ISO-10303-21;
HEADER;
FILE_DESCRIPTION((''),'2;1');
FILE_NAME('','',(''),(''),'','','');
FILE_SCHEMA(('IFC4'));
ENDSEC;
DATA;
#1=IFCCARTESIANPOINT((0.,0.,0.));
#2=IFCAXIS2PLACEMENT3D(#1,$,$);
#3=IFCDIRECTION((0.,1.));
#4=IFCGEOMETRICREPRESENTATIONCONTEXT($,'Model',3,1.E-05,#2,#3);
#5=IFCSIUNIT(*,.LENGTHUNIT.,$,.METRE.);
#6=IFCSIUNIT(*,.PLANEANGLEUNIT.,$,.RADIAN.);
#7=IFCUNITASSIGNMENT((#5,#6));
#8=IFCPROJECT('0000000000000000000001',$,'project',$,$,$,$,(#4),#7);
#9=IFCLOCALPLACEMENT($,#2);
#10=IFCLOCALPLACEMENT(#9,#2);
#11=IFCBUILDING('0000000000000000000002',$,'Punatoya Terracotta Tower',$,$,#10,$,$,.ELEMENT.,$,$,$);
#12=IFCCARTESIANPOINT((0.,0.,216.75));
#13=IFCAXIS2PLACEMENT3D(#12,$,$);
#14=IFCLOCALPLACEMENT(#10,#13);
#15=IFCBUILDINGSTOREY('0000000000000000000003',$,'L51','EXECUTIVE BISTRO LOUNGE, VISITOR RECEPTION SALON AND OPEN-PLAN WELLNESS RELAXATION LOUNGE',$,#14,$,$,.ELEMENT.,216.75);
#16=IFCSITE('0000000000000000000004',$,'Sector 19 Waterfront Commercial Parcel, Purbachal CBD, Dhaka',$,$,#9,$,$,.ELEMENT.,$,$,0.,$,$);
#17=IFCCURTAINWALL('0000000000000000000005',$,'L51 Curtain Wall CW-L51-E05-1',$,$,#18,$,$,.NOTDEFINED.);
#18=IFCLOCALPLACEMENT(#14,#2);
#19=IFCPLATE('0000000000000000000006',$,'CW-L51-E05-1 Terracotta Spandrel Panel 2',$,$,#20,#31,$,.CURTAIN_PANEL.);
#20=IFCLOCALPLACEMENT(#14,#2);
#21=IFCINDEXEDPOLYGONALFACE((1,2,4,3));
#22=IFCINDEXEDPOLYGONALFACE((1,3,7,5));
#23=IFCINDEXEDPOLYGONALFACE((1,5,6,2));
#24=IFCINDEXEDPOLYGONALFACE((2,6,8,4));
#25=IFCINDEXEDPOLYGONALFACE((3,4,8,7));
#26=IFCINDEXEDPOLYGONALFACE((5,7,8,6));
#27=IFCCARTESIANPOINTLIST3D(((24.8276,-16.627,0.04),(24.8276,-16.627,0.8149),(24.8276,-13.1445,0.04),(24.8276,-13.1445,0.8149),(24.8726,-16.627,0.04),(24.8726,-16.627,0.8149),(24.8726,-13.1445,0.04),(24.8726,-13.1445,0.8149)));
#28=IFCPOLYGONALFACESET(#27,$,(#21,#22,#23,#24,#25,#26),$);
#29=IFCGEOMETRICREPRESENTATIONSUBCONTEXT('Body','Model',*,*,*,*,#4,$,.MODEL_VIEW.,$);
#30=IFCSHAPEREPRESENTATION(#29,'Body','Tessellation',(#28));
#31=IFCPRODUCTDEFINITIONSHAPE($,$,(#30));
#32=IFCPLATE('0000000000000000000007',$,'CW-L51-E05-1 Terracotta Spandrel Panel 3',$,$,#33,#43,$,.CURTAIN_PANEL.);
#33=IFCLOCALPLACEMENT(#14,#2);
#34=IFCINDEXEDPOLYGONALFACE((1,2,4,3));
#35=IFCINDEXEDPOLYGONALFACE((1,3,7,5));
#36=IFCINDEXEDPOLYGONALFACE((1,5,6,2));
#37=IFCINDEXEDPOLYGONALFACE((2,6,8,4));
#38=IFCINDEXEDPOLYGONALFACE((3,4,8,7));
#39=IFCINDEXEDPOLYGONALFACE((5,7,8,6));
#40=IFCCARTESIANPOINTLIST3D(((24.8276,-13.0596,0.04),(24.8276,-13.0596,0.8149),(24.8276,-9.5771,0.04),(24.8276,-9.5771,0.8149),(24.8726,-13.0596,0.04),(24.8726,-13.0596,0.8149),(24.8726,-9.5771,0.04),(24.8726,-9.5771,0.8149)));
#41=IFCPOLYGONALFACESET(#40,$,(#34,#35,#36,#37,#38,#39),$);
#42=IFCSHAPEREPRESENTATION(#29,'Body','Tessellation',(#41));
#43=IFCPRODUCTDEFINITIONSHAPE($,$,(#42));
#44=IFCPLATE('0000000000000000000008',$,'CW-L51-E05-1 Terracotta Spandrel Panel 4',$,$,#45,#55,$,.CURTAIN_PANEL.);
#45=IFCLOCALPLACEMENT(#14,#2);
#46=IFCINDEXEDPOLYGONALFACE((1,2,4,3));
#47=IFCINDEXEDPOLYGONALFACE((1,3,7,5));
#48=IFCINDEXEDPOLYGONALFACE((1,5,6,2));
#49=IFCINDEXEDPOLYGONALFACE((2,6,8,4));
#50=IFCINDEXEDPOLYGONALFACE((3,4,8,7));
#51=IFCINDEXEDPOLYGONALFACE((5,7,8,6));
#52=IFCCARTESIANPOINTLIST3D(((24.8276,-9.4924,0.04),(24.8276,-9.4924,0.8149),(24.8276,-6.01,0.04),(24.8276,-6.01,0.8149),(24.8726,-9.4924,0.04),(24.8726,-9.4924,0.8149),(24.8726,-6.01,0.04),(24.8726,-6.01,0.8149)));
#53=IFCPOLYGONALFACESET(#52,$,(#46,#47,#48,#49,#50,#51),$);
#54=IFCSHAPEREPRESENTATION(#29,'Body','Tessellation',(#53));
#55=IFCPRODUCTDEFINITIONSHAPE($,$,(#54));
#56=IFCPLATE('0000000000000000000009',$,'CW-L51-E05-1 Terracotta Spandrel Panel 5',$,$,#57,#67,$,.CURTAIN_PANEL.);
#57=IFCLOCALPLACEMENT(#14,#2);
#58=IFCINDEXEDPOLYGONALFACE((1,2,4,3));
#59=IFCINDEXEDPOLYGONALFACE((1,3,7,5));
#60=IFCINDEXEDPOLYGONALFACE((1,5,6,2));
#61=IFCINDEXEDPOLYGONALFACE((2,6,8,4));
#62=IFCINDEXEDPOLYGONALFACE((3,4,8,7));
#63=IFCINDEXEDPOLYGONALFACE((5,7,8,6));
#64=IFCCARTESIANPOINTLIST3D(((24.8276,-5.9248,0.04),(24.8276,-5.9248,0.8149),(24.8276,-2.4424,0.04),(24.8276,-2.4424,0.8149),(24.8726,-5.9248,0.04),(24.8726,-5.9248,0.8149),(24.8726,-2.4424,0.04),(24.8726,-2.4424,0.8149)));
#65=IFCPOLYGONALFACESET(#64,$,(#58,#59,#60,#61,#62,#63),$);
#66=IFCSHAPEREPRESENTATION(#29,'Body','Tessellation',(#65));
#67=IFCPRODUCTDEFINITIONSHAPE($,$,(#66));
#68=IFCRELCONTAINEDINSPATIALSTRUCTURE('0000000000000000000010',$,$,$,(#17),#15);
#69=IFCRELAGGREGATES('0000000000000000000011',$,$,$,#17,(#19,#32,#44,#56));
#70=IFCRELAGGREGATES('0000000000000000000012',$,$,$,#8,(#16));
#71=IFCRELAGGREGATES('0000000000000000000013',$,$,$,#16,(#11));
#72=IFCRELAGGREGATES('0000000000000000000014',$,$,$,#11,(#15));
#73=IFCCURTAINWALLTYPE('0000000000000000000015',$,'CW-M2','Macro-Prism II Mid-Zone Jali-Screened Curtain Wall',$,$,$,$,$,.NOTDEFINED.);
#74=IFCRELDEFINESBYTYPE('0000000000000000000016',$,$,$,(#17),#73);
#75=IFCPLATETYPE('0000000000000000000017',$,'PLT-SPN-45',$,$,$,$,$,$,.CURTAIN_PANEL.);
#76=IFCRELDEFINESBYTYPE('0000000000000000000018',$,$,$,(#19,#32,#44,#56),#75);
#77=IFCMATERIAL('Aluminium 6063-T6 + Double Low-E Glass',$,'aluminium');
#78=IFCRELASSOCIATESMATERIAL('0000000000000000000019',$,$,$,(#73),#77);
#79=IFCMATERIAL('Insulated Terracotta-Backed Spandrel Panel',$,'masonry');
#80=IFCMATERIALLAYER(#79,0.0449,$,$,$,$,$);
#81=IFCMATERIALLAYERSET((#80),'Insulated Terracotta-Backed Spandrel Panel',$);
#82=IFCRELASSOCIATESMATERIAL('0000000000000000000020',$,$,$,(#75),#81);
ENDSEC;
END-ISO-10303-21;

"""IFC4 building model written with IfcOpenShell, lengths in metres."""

from ifc_helpers import new_model, si_unit, direction, frame, origin, origin_2d, place, context, subcontext, project, spatial, rectangle, extrude, material, layer, layer_set, type_object, element, aggregate, save


model = new_model("IFC4")

# Units and contexts
model_context = context("Model", 3, precision=1e-05, world=origin(), true_north=direction((0.0, 1.0)))
body_context = subcontext(model_context, "Body", "Model", "MODEL_VIEW")
ifc_project = project(units=[si_unit("LENGTHUNIT", "METRE"), si_unit("PLANEANGLEUNIT", "RADIAN")], contexts=[model_context])

# Site, building, storey
site_placement = place(None, origin())
site = spatial("IfcSite", under=ifc_project, at=site_placement, Name="Sector 19 Waterfront Commercial Parcel, Purbachal CBD, Dhaka", CompositionType="ELEMENT", RefElevation=0.0)
building_placement = place(site_placement, origin())
building = spatial("IfcBuilding", under=site, at=building_placement, Name="Punatoya Terracotta Tower", CompositionType="ELEMENT")
storey_placement = place(building_placement, frame((0.0, 0.0, 216.75)))
storey = spatial("IfcBuildingStorey", under=building, at=storey_placement, Name="L51", Description="EXECUTIVE BISTRO LOUNGE, VISITOR RECEPTION SALON AND OPEN-PLAN WELLNESS RELAXATION LOUNGE", CompositionType="ELEMENT", Elevation=216.75)

# Curtain wall, plates
ifc_material_1 = material(Name="Aluminium 6063-T6 + Double Low-E Glass", Category="aluminium")
curtain_wall_type = type_object("IfcCurtainWallType", Name="CW-M2", Description="Macro-Prism II Mid-Zone Jali-Screened Curtain Wall", PredefinedType="NOTDEFINED", material=ifc_material_1)
curtain_wall_placement = place(storey_placement, origin())
curtain_wall = element("IfcCurtainWall", 1, at=curtain_wall_placement, inside=storey, type_object=curtain_wall_type, Name="L51 Curtain Wall CW-L51-E05-1", PredefinedType="NOTDEFINED")
ifc_material_2 = material(Name="Insulated Terracotta-Backed Spandrel Panel", Category="masonry")
ifc_layer_1 = layer(ifc_material_2, 0.0449)
ifc_layer_set_1 = layer_set([ifc_layer_1], Name="Insulated Terracotta-Backed Spandrel Panel")
plate_type_1 = type_object("IfcPlateType", Name="PLT-SPN-45", PredefinedType="CURTAIN_PANEL", material=ifc_layer_set_1)
plate_1_placement = place(storey_placement, frame((24.8501, -14.8857, 0.04), z_axis=(0.0, 0.0, 1.0), x_axis=(0.0, 1.0, 0.0)))
plate_1 = element("IfcPlate", 2, at=plate_1_placement, type_object=plate_type_1, Name="CW-L51-E05-1 Terracotta Spandrel Panel 2", PredefinedType="CURTAIN_PANEL", context=body_context, shape_type="SweptSolid", body=[
    extrude(rectangle(XDim=3.4824, YDim=0.0449, at=origin_2d()), origin(), (0.0, 0.0, 1.0), 0.7749),
])
plate_2_placement = place(storey_placement, frame((24.8501, -11.3184, 0.04), z_axis=(0.0, 0.0, 1.0), x_axis=(0.0, 1.0, 0.0)))
plate_2 = element("IfcPlate", 3, at=plate_2_placement, type_object=plate_type_1, Name="CW-L51-E05-1 Terracotta Spandrel Panel 3", PredefinedType="CURTAIN_PANEL", context=body_context, shape_type="SweptSolid", body=[
    extrude(rectangle(XDim=3.4824, YDim=0.0449, at=origin_2d()), origin(), (0.0, 0.0, 1.0), 0.7749),
])
plate_3_placement = place(storey_placement, frame((24.8501, -7.7512, 0.04), z_axis=(0.0, 0.0, 1.0), x_axis=(0.0, 1.0, 0.0)))
plate_3 = element("IfcPlate", 4, at=plate_3_placement, type_object=plate_type_1, Name="CW-L51-E05-1 Terracotta Spandrel Panel 4", PredefinedType="CURTAIN_PANEL", context=body_context, shape_type="SweptSolid", body=[
    extrude(rectangle(XDim=3.4824, YDim=0.0449, at=origin_2d()), origin(), (0.0, 0.0, 1.0), 0.7749),
])
plate_4_placement = place(storey_placement, frame((24.8501, -4.1836, 0.04), z_axis=(0.0, 0.0, 1.0), x_axis=(0.0, 1.0, 0.0)))
plate_4 = element("IfcPlate", 5, at=plate_4_placement, type_object=plate_type_1, Name="CW-L51-E05-1 Terracotta Spandrel Panel 5", PredefinedType="CURTAIN_PANEL", context=body_context, shape_type="SweptSolid", body=[
    extrude(rectangle(XDim=3.4824, YDim=0.0449, at=origin_2d()), origin(), (0.0, 0.0, 1.0), 0.7749),
])
aggregate(curtain_wall, [plate_1, plate_2, plate_3, plate_4])

save(model, "model.ifc")
